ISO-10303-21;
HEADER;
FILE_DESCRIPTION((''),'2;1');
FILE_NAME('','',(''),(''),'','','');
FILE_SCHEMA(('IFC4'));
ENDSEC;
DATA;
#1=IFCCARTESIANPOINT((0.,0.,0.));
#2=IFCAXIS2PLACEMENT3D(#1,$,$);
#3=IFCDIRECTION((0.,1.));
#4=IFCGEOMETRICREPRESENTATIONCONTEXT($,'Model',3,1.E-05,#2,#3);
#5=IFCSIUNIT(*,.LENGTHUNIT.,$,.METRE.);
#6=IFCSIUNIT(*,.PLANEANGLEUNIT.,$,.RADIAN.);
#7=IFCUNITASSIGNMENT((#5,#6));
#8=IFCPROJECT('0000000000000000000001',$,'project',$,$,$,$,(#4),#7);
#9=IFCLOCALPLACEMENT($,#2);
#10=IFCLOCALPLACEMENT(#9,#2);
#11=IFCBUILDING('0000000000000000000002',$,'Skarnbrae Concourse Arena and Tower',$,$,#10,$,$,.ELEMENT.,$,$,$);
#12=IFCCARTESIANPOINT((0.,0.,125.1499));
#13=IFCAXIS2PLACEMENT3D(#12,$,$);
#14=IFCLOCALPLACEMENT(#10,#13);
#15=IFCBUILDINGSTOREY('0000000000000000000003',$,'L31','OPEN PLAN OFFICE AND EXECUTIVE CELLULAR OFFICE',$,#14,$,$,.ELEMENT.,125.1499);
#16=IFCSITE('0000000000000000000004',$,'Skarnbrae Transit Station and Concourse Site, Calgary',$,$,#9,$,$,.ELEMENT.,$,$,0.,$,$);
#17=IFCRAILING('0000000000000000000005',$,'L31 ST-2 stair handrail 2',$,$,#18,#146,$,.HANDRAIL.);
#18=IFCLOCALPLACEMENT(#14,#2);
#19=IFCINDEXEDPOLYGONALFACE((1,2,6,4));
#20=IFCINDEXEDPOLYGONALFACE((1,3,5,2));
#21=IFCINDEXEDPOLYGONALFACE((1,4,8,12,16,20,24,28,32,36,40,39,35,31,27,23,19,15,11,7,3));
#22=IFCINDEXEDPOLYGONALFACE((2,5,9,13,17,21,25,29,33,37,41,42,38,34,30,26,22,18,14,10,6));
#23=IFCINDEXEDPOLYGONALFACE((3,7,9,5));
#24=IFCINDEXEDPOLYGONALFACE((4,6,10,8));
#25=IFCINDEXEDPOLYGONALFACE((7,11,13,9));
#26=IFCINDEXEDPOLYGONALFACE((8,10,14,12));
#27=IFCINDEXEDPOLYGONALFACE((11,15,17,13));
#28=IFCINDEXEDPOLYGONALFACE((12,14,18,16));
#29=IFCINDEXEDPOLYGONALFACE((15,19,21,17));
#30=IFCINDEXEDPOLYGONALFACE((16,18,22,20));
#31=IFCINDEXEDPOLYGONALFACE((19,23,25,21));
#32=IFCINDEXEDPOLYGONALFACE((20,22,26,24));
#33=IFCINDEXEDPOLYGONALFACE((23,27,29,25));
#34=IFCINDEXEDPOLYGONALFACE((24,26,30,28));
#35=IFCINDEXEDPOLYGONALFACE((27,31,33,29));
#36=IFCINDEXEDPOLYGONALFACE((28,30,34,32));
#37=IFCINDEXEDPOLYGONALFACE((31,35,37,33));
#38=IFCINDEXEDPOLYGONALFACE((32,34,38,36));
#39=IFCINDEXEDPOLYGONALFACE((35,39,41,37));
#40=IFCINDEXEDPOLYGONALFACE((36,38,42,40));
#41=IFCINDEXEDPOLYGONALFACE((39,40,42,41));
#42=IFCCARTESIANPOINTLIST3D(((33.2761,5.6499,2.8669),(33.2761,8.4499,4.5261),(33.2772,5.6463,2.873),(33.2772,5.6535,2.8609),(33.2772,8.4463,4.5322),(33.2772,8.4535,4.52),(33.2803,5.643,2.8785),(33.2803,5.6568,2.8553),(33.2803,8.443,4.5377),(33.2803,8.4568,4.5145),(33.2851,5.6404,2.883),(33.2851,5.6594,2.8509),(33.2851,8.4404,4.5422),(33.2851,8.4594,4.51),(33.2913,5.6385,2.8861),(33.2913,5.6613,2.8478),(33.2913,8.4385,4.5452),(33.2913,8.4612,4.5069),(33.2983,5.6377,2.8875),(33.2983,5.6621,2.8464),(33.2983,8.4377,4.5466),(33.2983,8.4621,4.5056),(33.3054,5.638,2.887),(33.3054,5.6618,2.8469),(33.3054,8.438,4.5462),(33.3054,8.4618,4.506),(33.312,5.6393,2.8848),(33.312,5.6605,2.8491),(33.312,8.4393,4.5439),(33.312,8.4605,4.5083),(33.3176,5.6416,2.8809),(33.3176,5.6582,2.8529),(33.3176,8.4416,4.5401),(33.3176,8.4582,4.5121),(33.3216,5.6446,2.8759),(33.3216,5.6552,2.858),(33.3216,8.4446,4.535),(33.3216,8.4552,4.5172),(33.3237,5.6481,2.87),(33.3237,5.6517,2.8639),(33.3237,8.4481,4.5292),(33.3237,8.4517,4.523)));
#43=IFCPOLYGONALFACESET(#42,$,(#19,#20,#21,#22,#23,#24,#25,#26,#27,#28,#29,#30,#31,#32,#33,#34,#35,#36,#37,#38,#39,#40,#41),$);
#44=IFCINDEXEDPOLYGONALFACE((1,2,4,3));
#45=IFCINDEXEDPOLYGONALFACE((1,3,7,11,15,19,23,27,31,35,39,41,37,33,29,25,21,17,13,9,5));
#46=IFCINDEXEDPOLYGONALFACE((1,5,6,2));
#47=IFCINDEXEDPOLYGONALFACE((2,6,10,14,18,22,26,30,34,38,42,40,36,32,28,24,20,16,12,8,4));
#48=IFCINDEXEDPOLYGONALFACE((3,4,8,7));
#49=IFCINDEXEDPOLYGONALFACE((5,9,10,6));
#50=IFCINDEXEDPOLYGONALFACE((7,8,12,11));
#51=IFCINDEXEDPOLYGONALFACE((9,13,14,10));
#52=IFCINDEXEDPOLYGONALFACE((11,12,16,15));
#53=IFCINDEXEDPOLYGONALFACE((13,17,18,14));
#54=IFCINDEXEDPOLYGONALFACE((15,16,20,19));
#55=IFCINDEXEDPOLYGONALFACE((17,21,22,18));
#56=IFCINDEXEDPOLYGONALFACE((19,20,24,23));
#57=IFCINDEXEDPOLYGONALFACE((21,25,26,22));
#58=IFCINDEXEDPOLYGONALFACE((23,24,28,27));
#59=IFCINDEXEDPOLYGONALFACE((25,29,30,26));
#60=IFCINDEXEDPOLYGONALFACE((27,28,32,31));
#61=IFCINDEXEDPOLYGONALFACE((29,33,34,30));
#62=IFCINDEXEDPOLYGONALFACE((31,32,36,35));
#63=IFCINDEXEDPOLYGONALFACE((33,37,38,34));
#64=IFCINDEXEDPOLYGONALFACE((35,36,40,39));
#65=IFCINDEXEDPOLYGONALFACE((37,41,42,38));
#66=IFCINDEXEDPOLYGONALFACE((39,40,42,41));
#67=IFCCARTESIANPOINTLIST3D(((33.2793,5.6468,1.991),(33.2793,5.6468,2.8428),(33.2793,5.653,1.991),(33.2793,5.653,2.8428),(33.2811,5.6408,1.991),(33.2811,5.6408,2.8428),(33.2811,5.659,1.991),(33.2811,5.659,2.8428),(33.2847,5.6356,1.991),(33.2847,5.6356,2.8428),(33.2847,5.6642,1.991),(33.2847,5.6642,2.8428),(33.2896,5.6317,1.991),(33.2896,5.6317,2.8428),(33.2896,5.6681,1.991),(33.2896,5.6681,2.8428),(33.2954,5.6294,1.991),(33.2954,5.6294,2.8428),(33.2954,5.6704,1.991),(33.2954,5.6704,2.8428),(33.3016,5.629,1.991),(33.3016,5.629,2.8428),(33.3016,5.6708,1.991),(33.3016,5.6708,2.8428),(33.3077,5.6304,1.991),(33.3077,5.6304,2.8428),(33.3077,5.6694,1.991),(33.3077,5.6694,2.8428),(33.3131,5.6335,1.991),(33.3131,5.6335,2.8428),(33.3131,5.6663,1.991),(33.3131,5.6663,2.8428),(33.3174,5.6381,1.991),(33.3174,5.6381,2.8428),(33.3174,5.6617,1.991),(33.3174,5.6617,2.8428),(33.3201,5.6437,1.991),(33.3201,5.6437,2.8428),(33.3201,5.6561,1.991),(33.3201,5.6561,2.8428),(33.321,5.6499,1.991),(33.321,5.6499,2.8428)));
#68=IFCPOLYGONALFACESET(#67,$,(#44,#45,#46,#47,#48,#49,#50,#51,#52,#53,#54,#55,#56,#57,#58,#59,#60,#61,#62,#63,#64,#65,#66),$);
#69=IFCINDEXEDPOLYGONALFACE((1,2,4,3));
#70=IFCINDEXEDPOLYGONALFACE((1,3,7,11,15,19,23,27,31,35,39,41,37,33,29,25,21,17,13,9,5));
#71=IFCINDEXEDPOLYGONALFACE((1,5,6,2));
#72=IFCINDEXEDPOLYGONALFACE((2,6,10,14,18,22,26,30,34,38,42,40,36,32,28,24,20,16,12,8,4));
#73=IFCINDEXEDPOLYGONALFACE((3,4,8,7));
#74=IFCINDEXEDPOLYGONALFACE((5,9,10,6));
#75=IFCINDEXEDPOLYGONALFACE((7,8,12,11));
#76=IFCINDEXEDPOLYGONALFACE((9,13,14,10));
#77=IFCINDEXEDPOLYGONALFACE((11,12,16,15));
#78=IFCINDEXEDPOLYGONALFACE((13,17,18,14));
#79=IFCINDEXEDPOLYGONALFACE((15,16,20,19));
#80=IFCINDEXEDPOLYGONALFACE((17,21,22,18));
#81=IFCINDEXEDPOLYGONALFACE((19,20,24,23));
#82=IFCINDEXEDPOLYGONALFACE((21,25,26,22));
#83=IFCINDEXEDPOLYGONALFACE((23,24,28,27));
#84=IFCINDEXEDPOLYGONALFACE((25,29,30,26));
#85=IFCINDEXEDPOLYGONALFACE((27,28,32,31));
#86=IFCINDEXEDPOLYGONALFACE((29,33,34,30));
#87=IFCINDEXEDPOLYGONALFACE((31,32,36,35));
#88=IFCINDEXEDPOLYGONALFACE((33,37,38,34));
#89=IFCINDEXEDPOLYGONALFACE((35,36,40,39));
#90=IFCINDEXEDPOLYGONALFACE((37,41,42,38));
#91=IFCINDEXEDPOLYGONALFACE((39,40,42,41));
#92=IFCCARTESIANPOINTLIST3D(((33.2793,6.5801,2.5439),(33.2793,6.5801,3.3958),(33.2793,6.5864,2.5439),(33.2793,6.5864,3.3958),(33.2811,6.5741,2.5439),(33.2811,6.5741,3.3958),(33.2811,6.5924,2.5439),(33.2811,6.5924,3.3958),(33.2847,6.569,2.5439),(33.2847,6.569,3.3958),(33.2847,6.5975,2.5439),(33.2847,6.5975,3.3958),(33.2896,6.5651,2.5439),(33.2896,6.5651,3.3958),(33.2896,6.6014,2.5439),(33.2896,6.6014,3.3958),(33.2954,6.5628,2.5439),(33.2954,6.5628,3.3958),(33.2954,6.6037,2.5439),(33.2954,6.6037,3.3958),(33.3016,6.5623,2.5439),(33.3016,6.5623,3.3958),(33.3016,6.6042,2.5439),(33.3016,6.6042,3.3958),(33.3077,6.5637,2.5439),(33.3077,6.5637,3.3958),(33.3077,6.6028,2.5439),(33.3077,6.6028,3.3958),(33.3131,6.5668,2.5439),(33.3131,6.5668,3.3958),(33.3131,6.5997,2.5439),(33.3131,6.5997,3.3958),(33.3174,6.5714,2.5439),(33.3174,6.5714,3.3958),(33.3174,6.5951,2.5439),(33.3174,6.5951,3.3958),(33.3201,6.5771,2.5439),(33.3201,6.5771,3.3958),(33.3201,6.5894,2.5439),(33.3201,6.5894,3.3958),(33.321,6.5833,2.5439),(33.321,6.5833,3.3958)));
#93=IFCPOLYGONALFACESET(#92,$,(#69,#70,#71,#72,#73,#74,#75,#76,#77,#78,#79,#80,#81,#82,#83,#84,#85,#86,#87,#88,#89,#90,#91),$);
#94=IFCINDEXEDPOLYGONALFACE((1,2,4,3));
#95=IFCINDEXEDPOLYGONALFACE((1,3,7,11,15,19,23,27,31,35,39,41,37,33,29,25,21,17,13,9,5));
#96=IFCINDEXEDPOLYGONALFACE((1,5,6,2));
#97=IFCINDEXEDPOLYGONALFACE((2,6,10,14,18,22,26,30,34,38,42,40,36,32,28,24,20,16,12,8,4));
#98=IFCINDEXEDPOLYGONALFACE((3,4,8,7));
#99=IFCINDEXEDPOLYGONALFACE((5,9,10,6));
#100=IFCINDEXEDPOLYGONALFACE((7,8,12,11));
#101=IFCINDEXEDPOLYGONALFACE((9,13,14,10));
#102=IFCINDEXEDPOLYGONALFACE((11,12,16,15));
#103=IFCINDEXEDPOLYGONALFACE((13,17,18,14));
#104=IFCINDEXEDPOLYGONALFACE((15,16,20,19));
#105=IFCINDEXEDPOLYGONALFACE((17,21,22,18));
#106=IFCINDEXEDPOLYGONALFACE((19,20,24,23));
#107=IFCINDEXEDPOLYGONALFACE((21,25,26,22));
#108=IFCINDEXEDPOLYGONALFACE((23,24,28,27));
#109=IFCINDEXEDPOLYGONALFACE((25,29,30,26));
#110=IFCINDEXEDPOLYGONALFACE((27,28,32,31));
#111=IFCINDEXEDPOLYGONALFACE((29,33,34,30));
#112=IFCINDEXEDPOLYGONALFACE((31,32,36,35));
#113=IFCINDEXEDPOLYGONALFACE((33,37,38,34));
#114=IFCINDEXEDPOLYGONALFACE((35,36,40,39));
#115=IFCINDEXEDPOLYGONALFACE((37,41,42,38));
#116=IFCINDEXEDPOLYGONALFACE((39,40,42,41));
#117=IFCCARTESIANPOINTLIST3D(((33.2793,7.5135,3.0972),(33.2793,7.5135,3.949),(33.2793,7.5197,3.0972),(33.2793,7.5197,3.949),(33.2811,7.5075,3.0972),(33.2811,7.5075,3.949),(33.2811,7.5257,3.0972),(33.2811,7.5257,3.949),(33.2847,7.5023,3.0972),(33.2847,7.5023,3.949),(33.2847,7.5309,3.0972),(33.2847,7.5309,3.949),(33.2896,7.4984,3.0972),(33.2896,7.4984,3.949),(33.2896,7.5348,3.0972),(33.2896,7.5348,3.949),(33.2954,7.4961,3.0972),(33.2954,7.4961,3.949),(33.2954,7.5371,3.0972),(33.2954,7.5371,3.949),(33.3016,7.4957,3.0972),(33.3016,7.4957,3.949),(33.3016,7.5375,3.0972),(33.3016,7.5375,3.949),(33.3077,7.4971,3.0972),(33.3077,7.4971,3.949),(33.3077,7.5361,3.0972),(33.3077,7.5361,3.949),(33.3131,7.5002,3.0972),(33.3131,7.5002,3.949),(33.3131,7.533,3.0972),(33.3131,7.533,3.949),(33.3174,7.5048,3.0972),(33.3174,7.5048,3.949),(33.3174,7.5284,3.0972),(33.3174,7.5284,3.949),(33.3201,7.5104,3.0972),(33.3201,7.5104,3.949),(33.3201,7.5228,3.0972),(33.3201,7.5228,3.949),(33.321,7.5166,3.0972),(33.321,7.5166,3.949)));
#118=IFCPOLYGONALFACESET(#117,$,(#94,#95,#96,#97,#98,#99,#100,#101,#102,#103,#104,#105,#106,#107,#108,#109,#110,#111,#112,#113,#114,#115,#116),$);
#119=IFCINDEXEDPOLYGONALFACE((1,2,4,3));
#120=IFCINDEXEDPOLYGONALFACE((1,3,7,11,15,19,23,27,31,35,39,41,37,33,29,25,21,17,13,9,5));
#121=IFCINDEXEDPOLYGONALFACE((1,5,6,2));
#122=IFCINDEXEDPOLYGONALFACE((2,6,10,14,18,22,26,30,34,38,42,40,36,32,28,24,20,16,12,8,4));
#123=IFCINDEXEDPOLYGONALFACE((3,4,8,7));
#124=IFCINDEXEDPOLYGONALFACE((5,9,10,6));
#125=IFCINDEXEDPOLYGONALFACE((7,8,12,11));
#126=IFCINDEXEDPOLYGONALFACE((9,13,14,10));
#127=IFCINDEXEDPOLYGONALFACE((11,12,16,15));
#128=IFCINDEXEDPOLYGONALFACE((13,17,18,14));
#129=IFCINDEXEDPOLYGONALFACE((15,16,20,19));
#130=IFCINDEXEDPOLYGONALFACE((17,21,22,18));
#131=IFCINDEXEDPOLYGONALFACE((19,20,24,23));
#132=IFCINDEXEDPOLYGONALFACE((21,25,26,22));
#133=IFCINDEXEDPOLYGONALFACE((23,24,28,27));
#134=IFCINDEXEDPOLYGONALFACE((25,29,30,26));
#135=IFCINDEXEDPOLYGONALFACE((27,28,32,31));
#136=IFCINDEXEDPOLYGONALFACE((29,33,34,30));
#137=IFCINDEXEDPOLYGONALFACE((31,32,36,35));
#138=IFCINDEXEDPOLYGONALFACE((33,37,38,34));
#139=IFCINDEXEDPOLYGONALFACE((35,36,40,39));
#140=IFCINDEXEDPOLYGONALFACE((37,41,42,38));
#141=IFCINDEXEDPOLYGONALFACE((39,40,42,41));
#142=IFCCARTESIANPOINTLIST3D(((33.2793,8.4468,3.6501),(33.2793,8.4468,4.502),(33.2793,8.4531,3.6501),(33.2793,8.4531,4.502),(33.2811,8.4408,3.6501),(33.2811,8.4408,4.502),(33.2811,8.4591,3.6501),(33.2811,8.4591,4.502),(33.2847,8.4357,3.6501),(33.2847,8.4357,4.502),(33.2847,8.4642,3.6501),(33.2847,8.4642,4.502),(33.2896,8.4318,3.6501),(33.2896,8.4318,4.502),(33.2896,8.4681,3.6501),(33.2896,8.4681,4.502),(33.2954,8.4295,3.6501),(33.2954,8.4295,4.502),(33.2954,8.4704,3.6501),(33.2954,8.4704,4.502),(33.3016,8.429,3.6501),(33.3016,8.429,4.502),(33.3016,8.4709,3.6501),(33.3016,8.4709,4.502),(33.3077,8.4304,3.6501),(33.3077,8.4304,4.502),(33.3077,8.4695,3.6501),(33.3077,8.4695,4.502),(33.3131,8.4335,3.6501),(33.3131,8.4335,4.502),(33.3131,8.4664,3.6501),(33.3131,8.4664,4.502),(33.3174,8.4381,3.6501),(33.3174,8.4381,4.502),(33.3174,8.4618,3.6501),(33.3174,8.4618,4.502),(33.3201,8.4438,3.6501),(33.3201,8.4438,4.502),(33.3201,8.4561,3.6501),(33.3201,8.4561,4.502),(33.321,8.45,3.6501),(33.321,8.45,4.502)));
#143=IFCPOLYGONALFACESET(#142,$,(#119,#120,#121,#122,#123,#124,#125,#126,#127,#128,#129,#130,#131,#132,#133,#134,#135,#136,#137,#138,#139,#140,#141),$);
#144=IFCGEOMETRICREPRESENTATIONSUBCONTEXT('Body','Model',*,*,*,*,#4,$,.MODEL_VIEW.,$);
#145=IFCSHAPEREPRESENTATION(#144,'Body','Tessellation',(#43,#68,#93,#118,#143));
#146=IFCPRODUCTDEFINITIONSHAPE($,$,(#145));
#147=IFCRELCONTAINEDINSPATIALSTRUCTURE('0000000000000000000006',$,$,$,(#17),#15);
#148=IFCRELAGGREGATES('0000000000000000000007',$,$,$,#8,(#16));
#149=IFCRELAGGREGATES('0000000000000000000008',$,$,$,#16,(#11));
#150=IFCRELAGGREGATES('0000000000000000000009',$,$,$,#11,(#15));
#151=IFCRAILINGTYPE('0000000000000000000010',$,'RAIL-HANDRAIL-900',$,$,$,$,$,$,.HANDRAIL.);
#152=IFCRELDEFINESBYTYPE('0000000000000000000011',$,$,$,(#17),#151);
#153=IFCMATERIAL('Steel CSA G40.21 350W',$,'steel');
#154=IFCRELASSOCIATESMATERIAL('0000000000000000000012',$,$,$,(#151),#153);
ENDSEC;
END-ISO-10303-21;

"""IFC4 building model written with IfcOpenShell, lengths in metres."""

from ifc_helpers import new_model, si_unit, direction, frame, origin, origin_2d, place, context, subcontext, project, spatial, circle, extrude, material, type_object, element, save


model = new_model("IFC4")

# Units and contexts
model_context = context("Model", 3, precision=1e-05, world=origin(), true_north=direction((0.0, 1.0)))
body_context = subcontext(model_context, "Body", "Model", "MODEL_VIEW")
ifc_project = project(units=[si_unit("LENGTHUNIT", "METRE"), si_unit("PLANEANGLEUNIT", "RADIAN")], contexts=[model_context])

# Site, building, storey
site_placement = place(None, origin())
site = spatial("IfcSite", under=ifc_project, at=site_placement, Name="Skarnbrae Transit Station and Concourse Site, Calgary", CompositionType="ELEMENT", RefElevation=0.0)
building_placement = place(site_placement, origin())
building = spatial("IfcBuilding", under=site, at=building_placement, Name="Skarnbrae Concourse Arena and Tower", CompositionType="ELEMENT")
storey_placement = place(building_placement, frame((0.0, 0.0, 125.1499)))
storey = spatial("IfcBuildingStorey", under=building, at=storey_placement, Name="L31", Description="OPEN PLAN OFFICE AND EXECUTIVE CELLULAR OFFICE", CompositionType="ELEMENT", Elevation=125.1499)

# Shared definitions
ifc_material_1 = material(Name="Steel CSA G40.21 350W", Category="steel")

# Railing
railing_type_1 = type_object("IfcRailingType", Name="RAIL-HANDRAIL-900", PredefinedType="HANDRAIL", material=ifc_material_1)
railing_1_placement = place(storey_placement, frame((33.3, 5.6499, 1.991)))
element("IfcRailing", 1, at=railing_1_placement, inside=storey, type_object=railing_type_1, Name="L31 ST-2 stair handrail 2", PredefinedType="HANDRAIL", context=body_context, shape_type="SweptSolid", body=[
    extrude(circle(Radius=0.0239, at=origin_2d()), frame((0.0, 0.0, 0.876), z_axis=(0.0, 0.860306, 0.509778), x_axis=(-1.0, 0.0, 0.0)), (0.0, 0.0, 1.0), 3.2546),
    extrude(circle(Radius=0.021, at=origin_2d()), origin(), (0.0, 0.0, 1.0), 0.8518),
    extrude(circle(Radius=0.021, at=origin_2d()), frame((0.0, 0.9333, 0.553)), (0.0, 0.0, 1.0), 0.8518),
    extrude(circle(Radius=0.021, at=origin_2d()), frame((0.0, 1.8667, 1.1062)), (0.0, 0.0, 1.0), 0.8518),
    extrude(circle(Radius=0.021, at=origin_2d()), frame((0.0, 2.8, 1.6592)), (0.0, 0.0, 1.0), 0.8518),
])

save(model, "model.ifc")
